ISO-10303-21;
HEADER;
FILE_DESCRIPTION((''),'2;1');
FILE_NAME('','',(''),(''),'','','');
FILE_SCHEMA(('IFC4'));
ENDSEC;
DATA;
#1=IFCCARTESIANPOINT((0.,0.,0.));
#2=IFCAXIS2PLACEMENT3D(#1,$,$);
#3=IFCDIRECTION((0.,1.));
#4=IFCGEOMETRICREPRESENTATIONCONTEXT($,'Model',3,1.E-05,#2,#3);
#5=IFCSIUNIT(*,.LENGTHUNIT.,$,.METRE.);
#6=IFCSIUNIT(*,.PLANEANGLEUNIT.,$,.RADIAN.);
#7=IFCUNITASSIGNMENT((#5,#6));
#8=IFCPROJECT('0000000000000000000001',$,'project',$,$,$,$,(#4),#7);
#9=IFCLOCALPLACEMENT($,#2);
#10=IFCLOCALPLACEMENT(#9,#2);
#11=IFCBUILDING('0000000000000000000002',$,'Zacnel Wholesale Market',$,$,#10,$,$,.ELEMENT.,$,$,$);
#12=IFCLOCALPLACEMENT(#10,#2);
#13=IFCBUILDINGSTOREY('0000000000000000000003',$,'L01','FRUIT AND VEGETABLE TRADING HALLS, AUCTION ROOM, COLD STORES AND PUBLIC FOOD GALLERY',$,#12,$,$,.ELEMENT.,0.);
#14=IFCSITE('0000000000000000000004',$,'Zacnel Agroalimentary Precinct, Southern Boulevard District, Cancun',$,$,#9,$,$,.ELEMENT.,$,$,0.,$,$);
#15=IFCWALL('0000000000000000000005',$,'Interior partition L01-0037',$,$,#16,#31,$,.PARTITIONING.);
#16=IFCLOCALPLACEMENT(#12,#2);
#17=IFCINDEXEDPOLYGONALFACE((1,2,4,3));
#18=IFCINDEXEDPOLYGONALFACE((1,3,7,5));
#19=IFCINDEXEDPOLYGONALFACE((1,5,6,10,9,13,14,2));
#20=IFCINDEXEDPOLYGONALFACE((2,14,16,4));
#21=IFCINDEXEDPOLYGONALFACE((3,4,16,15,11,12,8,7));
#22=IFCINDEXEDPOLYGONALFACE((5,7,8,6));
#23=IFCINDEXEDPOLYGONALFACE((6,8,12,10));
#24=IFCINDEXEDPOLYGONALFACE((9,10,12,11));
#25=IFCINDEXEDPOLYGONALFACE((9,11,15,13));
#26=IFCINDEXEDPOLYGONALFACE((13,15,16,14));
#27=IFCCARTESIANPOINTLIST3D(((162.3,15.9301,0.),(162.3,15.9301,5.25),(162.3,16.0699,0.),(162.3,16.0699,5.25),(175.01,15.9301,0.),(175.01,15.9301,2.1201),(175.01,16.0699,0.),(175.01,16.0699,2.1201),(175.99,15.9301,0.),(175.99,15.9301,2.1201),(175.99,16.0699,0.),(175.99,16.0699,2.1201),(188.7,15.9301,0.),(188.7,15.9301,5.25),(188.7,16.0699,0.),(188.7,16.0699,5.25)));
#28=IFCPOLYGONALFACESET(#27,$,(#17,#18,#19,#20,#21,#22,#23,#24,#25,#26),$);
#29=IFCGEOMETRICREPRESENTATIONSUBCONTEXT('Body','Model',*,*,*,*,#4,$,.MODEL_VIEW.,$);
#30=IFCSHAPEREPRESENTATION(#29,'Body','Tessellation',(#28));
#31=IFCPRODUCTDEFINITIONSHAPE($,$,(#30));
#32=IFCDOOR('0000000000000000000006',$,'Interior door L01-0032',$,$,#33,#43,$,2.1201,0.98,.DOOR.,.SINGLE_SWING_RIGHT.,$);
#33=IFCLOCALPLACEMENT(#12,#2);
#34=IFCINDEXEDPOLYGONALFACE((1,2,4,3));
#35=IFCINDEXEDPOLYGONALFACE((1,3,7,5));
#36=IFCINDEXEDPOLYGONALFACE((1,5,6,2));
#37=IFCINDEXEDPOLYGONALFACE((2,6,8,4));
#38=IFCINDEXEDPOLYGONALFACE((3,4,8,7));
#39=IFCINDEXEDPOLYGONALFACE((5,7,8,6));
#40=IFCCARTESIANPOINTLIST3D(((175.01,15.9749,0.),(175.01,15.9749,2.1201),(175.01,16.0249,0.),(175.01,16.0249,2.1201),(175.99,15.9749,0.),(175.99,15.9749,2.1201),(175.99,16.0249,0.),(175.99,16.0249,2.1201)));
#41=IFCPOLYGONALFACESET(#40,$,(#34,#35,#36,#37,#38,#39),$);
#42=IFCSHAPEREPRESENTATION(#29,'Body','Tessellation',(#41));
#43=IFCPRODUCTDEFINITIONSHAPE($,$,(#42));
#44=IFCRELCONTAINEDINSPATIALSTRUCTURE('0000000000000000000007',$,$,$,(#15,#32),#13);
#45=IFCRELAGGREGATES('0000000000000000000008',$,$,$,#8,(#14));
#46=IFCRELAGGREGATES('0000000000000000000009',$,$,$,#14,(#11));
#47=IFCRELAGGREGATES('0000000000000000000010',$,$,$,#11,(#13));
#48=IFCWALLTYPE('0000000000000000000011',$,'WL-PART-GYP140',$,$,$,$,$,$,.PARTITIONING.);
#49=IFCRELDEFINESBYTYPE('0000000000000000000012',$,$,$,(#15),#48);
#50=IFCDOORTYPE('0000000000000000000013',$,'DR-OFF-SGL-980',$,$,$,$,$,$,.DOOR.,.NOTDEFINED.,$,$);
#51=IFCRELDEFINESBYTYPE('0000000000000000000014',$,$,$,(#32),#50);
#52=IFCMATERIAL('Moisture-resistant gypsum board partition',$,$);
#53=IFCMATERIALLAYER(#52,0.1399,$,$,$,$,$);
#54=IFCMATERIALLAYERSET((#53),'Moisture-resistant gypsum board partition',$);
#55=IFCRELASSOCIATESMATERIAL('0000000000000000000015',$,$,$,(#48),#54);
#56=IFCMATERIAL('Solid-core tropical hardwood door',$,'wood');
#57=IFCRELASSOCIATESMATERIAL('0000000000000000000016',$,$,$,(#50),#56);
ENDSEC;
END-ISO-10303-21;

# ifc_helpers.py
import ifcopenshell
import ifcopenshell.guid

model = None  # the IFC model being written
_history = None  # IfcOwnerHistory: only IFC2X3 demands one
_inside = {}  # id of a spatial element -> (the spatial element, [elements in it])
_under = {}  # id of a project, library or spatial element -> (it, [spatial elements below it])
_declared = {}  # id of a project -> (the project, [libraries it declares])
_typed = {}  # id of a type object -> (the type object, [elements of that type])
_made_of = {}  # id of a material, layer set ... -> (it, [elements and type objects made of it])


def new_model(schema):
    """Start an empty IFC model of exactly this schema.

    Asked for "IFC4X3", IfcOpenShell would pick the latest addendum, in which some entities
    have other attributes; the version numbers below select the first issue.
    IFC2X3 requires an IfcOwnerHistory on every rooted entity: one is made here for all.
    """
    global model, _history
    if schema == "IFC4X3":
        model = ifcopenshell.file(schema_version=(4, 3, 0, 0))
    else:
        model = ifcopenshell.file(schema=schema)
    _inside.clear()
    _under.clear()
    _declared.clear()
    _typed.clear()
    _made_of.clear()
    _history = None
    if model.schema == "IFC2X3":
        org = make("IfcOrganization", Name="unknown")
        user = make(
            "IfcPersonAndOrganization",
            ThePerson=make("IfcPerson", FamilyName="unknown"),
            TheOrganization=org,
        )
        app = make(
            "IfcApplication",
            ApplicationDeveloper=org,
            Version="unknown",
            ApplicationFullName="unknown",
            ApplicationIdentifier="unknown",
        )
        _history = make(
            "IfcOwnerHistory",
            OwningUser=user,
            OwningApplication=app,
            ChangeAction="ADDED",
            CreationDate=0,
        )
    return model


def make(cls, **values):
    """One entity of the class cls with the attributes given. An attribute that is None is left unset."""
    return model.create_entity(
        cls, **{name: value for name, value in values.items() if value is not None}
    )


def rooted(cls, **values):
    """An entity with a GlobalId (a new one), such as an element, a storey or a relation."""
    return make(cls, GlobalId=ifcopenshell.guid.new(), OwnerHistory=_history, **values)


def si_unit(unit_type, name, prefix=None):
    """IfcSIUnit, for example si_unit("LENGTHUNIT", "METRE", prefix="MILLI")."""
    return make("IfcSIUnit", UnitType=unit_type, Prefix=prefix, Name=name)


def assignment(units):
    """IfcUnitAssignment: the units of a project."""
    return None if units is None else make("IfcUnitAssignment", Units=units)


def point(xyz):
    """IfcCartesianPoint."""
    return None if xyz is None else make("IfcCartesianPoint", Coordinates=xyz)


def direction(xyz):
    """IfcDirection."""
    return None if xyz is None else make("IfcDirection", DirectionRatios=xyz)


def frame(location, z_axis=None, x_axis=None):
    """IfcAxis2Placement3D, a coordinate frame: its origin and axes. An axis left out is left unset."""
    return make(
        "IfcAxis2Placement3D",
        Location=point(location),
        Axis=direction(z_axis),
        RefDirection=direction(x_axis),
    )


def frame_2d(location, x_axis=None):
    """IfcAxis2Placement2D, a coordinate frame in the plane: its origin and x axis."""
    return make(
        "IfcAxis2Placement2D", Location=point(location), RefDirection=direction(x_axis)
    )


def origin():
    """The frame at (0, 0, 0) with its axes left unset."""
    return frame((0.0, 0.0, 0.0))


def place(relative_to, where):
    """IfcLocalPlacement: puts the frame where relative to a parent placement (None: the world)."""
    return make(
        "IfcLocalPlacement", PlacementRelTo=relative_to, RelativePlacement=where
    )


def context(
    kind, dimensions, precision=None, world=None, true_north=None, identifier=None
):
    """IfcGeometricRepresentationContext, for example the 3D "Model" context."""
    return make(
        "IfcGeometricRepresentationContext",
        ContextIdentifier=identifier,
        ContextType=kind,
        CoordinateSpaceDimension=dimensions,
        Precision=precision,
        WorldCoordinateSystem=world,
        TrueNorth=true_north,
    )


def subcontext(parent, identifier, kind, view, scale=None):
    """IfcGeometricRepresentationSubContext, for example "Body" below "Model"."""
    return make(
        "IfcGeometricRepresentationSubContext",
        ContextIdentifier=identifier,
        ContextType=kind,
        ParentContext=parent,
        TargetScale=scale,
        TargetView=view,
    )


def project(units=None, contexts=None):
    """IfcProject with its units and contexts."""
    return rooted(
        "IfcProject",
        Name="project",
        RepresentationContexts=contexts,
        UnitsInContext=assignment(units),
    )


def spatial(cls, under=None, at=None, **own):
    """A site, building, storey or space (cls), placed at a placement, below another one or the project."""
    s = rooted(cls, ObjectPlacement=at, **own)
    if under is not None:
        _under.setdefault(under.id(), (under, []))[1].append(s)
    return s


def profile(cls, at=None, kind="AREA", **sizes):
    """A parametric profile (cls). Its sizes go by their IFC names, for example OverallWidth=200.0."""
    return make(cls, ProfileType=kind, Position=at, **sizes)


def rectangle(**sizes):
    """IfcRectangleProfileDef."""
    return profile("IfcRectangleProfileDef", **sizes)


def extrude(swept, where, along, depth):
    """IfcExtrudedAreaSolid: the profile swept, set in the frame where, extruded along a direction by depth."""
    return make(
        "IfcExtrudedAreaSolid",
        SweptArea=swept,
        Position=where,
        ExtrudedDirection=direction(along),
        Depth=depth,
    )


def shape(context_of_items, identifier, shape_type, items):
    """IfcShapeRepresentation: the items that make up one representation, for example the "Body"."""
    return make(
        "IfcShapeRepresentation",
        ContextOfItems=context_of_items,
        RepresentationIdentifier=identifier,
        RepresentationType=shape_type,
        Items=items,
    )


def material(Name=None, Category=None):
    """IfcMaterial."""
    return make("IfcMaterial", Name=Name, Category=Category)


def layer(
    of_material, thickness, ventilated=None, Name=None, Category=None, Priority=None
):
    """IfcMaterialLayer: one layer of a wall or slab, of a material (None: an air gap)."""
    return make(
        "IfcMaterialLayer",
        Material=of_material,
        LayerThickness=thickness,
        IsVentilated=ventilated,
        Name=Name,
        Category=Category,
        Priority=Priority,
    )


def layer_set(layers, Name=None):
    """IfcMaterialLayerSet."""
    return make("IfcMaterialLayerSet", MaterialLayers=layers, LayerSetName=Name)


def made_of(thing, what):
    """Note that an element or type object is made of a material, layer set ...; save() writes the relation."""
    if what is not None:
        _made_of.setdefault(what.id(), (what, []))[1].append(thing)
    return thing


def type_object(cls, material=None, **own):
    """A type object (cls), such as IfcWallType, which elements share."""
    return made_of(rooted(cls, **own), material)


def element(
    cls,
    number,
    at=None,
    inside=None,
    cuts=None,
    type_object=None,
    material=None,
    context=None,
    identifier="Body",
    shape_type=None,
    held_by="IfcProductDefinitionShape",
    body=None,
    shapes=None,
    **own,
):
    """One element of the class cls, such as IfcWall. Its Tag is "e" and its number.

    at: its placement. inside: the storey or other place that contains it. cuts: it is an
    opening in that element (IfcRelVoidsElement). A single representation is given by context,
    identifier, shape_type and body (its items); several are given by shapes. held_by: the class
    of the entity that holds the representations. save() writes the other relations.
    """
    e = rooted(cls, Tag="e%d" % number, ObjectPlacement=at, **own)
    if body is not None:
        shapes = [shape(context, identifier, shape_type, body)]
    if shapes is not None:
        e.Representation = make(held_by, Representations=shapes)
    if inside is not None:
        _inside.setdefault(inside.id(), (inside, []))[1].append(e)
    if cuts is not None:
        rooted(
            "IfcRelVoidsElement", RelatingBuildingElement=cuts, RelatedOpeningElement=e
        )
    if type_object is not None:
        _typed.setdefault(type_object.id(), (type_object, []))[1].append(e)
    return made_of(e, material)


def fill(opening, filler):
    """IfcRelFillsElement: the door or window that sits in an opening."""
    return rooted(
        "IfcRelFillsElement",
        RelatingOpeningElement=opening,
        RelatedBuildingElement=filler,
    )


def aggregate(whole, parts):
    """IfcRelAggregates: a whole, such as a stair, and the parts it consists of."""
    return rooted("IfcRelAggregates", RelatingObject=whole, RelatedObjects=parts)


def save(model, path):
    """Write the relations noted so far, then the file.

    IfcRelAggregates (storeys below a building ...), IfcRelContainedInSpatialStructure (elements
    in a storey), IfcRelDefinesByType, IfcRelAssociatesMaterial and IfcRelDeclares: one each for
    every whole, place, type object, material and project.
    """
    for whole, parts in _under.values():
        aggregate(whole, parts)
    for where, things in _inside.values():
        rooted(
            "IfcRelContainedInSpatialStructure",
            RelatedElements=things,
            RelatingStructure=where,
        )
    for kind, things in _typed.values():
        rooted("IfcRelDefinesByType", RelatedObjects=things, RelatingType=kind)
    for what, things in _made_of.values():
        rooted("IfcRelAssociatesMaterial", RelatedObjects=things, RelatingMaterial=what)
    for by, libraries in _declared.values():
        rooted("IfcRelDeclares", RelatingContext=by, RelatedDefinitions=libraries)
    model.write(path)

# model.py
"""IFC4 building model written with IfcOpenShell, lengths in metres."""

from ifc_helpers import new_model, si_unit, direction, frame, frame_2d, origin, place, context, subcontext, project, spatial, rectangle, extrude, material, layer, layer_set, type_object, element, fill, save


model = new_model("IFC4")

# Units and contexts
model_context = context("Model", 3, precision=1e-05, world=origin(), true_north=direction((0.0, 1.0)))
body_context = subcontext(model_context, "Body", "Model", "MODEL_VIEW")
ifc_project = project(units=[si_unit("LENGTHUNIT", "METRE"), si_unit("PLANEANGLEUNIT", "RADIAN")], contexts=[model_context])

# Site, building, storey
site_placement = place(None, origin())
site = spatial("IfcSite", under=ifc_project, at=site_placement, Name="Zacnel Agroalimentary Precinct, Southern Boulevard District, Cancun", CompositionType="ELEMENT", RefElevation=0.0)
building_placement = place(site_placement, origin())
building = spatial("IfcBuilding", under=site, at=building_placement, Name="Zacnel Wholesale Market", CompositionType="ELEMENT")
storey_placement = place(building_placement, origin())
storey = spatial("IfcBuildingStorey", under=building, at=storey_placement, Name="L01", Description="FRUIT AND VEGETABLE TRADING HALLS, AUCTION ROOM, COLD STORES AND PUBLIC FOOD GALLERY", CompositionType="ELEMENT", Elevation=0.0)

# Wall, opening, door
ifc_material_1 = material(Name="Moisture-resistant gypsum board partition")
ifc_layer_1 = layer(ifc_material_1, 0.1399)
ifc_layer_set_1 = layer_set([ifc_layer_1], Name="Moisture-resistant gypsum board partition")
wall_type_1 = type_object("IfcWallType", Name="WL-PART-GYP140", PredefinedType="PARTITIONING", material=ifc_layer_set_1)
wall_1_placement = place(storey_placement, frame((162.3, 16.0, 0.0), z_axis=(0.0, 0.0, 1.0), x_axis=(1.0, 0.0, 0.0)))
wall_1 = element("IfcWall", 1, at=wall_1_placement, inside=storey, type_object=wall_type_1, Name="Interior partition L01-0037", PredefinedType="PARTITIONING", context=body_context, shape_type="SweptSolid", body=[
    extrude(rectangle(XDim=26.3999, YDim=0.1399, at=frame_2d((13.2, 0.0))), origin(), (0.0, 0.0, 1.0), 5.25),
])
opening_1_placement = place(wall_1_placement, frame((12.71, 0.0, 0.0)))
opening_1 = element("IfcOpeningElement", 2, at=opening_1_placement, cuts=wall_1, PredefinedType="OPENING", context=body_context, shape_type="SweptSolid", body=[
    extrude(rectangle(XDim=0.98, YDim=2.1201, at=frame_2d((0.49, 1.0601))), frame((0.0, 0.0798, 0.0), z_axis=(0.0, -1.0, 0.0), x_axis=(1.0, 0.0, 0.0)), (0.0, 0.0, 1.0), 0.1599),
])
ifc_material_2 = material(Name="Solid-core tropical hardwood door", Category="wood")
door_type_1 = type_object("IfcDoorType", Name="DR-OFF-SGL-980", OperationType="NOTDEFINED", PredefinedType="DOOR", material=ifc_material_2)
door_1_placement = place(opening_1_placement, origin())
door_1 = element("IfcDoor", 3, at=door_1_placement, inside=storey, type_object=door_type_1, Name="Interior door L01-0032", OperationType="SINGLE_SWING_RIGHT", OverallHeight=2.1201, OverallWidth=0.98, PredefinedType="DOOR", context=body_context, shape_type="SweptSolid", body=[
    extrude(rectangle(XDim=0.98, YDim=2.1201, at=frame_2d((0.49, 1.0601))), frame((0.0, 0.0249, 0.0), z_axis=(0.0, -1.0, 0.0), x_axis=(1.0, 0.0, 0.0)), (0.0, 0.0, 1.0), 0.05),
])
fill(opening_1, door_1)

save(model, "model.ifc")
